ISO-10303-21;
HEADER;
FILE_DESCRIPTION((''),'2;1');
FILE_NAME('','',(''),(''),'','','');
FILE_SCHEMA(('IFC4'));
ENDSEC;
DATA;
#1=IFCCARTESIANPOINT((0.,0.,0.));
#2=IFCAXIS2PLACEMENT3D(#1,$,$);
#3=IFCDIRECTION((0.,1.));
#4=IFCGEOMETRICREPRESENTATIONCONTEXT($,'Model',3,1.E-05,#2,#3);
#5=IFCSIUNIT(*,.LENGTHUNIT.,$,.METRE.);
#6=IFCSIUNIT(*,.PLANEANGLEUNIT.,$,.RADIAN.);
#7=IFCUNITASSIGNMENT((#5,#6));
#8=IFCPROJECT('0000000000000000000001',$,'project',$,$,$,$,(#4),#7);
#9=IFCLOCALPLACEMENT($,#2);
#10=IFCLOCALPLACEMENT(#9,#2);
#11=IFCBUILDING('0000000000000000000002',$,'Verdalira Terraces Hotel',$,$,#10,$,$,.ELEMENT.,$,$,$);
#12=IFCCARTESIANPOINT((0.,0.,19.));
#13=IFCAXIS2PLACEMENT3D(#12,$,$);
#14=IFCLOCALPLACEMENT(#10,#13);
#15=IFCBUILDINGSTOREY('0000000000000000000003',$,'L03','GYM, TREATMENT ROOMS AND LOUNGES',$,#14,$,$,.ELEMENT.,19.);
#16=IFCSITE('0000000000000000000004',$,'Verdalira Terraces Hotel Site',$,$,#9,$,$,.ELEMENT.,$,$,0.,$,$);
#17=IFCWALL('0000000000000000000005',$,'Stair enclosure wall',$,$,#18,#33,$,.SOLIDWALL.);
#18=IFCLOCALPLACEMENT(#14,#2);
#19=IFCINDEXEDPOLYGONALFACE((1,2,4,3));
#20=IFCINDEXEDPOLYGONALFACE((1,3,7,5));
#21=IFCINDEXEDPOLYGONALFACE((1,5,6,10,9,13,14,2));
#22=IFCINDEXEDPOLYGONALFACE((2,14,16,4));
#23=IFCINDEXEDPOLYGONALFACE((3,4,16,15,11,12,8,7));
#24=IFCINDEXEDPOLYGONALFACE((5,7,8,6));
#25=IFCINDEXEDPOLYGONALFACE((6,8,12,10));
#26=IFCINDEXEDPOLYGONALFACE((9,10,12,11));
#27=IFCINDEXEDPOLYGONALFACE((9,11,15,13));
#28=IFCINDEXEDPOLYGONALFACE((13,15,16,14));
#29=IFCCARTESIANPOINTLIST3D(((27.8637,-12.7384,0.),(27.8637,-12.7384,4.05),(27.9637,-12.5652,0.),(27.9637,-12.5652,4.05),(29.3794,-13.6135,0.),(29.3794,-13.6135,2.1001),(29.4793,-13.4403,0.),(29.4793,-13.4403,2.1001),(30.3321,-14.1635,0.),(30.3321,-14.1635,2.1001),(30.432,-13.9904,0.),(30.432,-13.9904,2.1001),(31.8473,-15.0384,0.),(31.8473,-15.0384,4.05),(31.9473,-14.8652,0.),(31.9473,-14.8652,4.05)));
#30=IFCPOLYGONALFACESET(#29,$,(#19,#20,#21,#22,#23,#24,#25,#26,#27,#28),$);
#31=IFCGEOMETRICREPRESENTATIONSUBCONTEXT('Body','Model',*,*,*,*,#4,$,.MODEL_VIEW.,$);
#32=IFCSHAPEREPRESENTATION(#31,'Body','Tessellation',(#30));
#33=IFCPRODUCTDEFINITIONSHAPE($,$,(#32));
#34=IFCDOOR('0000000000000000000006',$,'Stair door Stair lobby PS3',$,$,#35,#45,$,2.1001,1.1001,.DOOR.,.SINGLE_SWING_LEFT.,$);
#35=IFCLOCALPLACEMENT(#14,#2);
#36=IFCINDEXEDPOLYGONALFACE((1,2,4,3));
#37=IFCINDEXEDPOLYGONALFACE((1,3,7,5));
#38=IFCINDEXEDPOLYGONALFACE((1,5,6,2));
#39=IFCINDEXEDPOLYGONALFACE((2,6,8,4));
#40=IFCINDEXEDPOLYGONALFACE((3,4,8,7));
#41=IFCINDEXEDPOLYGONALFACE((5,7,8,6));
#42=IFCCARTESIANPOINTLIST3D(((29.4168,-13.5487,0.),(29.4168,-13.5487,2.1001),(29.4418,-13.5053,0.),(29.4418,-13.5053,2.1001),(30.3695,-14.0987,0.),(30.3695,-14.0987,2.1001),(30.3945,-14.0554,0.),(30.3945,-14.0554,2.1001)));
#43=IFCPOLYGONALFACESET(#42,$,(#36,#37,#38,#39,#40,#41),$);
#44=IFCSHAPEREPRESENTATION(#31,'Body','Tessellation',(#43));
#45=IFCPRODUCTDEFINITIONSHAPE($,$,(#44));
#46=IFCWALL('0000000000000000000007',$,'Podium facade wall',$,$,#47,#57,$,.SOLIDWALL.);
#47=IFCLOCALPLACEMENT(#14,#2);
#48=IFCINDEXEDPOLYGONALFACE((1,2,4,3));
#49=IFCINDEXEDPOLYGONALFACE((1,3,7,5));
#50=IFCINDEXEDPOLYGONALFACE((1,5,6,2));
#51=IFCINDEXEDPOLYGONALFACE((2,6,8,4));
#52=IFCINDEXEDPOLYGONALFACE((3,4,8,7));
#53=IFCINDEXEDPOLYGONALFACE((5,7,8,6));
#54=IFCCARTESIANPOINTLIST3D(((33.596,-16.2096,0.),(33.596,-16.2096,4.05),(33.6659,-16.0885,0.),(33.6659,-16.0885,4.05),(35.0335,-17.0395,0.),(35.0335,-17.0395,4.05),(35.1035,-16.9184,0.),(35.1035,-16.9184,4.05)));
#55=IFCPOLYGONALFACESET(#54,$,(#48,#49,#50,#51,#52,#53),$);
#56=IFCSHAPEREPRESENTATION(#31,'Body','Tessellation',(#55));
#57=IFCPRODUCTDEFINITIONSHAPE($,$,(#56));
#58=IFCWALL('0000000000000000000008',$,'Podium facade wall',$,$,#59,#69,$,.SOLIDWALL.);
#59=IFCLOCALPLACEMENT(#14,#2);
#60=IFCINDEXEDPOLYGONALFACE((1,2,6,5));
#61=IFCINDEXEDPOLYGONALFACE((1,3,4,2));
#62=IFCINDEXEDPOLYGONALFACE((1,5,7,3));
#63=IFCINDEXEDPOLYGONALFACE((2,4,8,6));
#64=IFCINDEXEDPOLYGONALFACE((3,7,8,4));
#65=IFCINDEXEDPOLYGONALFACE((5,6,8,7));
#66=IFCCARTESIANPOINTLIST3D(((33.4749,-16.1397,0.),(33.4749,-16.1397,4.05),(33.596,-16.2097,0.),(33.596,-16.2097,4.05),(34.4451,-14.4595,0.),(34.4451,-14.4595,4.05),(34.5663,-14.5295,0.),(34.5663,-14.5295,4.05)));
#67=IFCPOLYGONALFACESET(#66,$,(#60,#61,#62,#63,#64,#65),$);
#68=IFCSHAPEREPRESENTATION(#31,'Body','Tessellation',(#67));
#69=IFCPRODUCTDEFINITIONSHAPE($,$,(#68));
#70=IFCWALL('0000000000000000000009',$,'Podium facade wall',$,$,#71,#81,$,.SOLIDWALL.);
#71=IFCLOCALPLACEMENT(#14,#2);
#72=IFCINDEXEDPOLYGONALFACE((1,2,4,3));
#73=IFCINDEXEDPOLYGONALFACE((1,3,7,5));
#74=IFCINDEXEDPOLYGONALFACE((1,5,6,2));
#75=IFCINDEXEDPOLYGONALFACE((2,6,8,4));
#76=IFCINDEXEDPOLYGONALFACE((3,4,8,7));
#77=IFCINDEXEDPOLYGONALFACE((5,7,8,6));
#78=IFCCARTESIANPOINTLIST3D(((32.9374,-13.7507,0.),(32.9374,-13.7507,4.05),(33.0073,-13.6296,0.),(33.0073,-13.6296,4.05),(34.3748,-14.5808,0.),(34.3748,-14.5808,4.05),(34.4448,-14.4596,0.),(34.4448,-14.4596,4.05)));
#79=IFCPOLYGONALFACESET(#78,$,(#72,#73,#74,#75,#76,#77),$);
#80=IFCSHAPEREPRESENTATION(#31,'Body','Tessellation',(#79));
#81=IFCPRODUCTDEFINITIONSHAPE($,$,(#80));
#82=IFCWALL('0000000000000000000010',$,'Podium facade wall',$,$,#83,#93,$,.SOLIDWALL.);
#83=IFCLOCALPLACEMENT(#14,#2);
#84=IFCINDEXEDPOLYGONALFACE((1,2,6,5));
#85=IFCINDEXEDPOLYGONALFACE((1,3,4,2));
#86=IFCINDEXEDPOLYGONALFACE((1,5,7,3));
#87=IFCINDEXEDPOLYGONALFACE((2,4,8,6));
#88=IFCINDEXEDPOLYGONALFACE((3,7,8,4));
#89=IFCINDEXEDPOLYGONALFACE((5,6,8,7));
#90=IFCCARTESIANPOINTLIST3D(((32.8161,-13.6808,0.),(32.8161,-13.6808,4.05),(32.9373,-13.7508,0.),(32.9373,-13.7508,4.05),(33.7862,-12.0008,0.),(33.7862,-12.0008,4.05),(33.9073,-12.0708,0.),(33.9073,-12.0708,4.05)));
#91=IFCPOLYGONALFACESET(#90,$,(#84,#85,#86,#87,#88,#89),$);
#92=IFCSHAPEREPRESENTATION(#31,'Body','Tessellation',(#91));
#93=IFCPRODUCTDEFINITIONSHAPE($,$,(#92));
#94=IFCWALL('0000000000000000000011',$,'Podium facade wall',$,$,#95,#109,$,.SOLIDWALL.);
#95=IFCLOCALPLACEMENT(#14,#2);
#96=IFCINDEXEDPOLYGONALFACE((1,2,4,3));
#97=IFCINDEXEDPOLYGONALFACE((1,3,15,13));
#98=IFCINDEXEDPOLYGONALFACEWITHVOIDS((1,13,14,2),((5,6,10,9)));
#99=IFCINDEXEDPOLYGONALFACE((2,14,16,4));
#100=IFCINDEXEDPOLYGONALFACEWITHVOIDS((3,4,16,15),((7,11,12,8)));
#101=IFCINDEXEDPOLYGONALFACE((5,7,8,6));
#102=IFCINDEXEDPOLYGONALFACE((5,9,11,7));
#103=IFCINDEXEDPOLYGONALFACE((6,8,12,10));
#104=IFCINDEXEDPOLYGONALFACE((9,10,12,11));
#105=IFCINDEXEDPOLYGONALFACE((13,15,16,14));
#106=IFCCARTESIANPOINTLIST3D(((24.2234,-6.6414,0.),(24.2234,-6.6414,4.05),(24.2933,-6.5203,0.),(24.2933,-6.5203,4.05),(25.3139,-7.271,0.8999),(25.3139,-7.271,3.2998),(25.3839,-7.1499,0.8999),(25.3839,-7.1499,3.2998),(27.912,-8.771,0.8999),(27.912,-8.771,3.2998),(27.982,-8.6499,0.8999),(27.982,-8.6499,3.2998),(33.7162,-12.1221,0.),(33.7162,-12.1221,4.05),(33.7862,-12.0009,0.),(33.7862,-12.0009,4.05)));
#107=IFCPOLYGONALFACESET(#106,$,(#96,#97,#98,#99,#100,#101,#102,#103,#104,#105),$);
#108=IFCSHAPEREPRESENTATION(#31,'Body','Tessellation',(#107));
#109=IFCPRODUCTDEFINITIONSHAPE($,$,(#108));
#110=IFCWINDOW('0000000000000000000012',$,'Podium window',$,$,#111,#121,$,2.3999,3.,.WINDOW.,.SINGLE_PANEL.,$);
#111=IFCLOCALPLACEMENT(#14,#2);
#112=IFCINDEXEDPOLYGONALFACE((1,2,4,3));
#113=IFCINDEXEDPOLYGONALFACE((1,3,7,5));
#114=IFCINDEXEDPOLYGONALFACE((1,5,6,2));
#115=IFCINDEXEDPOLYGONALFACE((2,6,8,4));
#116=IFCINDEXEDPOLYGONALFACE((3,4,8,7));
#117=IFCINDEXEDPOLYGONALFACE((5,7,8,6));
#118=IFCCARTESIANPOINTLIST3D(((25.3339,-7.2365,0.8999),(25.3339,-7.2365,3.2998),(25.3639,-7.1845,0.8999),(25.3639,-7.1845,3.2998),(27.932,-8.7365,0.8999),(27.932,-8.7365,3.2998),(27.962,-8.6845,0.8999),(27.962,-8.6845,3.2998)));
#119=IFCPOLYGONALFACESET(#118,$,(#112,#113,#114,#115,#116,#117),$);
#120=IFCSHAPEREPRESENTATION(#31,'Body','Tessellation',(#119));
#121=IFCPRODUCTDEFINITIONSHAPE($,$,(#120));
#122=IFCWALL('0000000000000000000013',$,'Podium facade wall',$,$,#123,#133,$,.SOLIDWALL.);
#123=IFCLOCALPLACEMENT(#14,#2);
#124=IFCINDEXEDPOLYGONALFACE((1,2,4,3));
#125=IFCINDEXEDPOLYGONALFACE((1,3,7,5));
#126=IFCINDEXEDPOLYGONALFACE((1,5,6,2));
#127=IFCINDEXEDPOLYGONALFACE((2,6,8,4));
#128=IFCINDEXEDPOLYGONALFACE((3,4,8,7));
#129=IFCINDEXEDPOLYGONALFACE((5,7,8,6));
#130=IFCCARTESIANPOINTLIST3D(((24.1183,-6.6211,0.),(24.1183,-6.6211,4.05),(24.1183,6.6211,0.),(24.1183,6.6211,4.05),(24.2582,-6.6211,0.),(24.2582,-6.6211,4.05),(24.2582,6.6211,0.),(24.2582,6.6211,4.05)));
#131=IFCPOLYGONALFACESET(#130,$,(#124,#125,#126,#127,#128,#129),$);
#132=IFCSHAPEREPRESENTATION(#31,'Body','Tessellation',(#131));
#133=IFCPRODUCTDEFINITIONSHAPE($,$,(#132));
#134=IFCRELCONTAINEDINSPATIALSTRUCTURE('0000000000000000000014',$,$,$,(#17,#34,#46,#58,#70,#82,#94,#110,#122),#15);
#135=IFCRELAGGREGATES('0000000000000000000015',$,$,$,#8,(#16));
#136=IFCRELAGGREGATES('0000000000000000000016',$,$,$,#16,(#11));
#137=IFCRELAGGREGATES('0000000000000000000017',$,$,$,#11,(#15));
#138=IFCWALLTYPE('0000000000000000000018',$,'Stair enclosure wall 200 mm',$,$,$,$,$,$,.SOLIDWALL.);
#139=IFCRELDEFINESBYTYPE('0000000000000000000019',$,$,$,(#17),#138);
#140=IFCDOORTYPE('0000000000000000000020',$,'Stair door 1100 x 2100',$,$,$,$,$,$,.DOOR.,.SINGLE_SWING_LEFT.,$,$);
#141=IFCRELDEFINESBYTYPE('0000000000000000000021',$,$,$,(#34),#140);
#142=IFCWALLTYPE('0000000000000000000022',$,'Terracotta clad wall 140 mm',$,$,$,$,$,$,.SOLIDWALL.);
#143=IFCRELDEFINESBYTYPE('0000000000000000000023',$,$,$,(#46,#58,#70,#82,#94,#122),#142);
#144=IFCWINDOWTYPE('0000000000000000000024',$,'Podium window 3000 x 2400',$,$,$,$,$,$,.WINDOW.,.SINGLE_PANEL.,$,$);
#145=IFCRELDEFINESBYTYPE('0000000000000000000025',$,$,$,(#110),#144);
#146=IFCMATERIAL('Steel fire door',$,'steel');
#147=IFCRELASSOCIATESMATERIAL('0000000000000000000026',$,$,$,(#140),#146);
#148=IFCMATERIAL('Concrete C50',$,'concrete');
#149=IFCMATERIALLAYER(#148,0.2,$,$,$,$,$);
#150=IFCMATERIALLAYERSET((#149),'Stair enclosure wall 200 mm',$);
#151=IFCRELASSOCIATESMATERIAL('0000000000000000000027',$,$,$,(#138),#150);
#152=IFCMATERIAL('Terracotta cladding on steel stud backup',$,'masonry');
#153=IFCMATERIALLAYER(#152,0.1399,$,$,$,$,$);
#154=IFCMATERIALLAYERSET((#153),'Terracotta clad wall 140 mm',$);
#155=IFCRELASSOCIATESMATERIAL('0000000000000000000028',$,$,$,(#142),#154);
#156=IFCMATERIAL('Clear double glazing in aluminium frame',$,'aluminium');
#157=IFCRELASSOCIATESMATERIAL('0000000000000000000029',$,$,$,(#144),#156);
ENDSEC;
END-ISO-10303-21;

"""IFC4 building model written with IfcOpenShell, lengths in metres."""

from ifc_helpers import new_model, si_unit, direction, frame, frame_2d, origin, place, context, subcontext, project, spatial, rectangle, extrude, material, layer, layer_set, type_object, element, fill, save


model = new_model("IFC4")

# Units and contexts
model_context = context("Model", 3, precision=1e-05, world=origin(), true_north=direction((0.0, 1.0)))
body_context = subcontext(model_context, "Body", "Model", "MODEL_VIEW")
ifc_project = project(units=[si_unit("LENGTHUNIT", "METRE"), si_unit("PLANEANGLEUNIT", "RADIAN")], contexts=[model_context])

# Site, building, storey
site_placement = place(None, origin())
site = spatial("IfcSite", under=ifc_project, at=site_placement, Name="Verdalira Terraces Hotel Site", CompositionType="ELEMENT", RefElevation=0.0)
building_placement = place(site_placement, origin())
building = spatial("IfcBuilding", under=site, at=building_placement, Name="Verdalira Terraces Hotel", CompositionType="ELEMENT")
storey_placement = place(building_placement, frame((0.0, 0.0, 19.0)))
storey = spatial("IfcBuildingStorey", under=building, at=storey_placement, Name="L03", Description="GYM, TREATMENT ROOMS AND LOUNGES", CompositionType="ELEMENT", Elevation=19.0)

# Shared definitions
ifc_material_1 = material(Name="Steel fire door", Category="steel")
door_type_1 = type_object("IfcDoorType", Name="Stair door 1100 x 2100", OperationType="SINGLE_SWING_LEFT", PredefinedType="DOOR", material=ifc_material_1)

# Shared definitions
ifc_material_2 = material(Name="Concrete C50", Category="concrete")
ifc_layer_1 = layer(ifc_material_2, 0.2)
ifc_layer_set_1 = layer_set([ifc_layer_1], Name="Stair enclosure wall 200 mm")
wall_type_1 = type_object("IfcWallType", Name="Stair enclosure wall 200 mm", PredefinedType="SOLIDWALL", material=ifc_layer_set_1)

# Wall, opening, door
wall_1_placement = place(storey_placement, frame((27.9138, -12.6519, 0.0), z_axis=(0.0, 0.0, 1.0), x_axis=(0.866017, -0.500015, 0.0)))
wall_1 = element("IfcWall", 1, at=wall_1_placement, inside=storey, type_object=wall_type_1, Name="Stair enclosure wall", PredefinedType="SOLIDWALL", context=body_context, shape_type="SweptSolid", body=[
    extrude(rectangle(XDim=4.5999, YDim=0.2, at=frame_2d((2.2998, 0.0))), origin(), (0.0, 0.0, 1.0), 4.05),
])
opening_1_placement = place(wall_1_placement, frame((1.75, 0.0, 0.0)))
opening_1 = element("IfcOpeningElement", 2, at=opening_1_placement, cuts=wall_1, PredefinedType="OPENING", context=body_context, shape_type="SweptSolid", body=[
    extrude(rectangle(XDim=1.1001, YDim=2.1001, at=frame_2d((0.55, 1.05))), frame((0.0, 0.1099, 0.0), z_axis=(0.0, -1.0, 0.0), x_axis=(1.0, 0.0, 0.0)), (0.0, 0.0, 1.0), 0.22),
])
door_1_placement = place(opening_1_placement, origin())
door_1 = element("IfcDoor", 3, at=door_1_placement, inside=storey, type_object=door_type_1, Name="Stair door Stair lobby PS3", OperationType="SINGLE_SWING_LEFT", OverallHeight=2.1001, OverallWidth=1.1001, PredefinedType="DOOR", context=body_context, shape_type="SweptSolid", body=[
    extrude(rectangle(XDim=1.1001, YDim=2.1001, at=frame_2d((0.55, 1.05))), frame((0.0, 0.0249, 0.0), z_axis=(0.0, -1.0, 0.0), x_axis=(1.0, 0.0, 0.0)), (0.0, 0.0, 1.0), 0.05),
])
fill(opening_1, door_1)

# Walls
ifc_material_3 = material(Name="Terracotta cladding on steel stud backup", Category="masonry")
ifc_layer_2 = layer(ifc_material_3, 0.1399)
ifc_layer_set_2 = layer_set([ifc_layer_2], Name="Terracotta clad wall 140 mm")
wall_type_2 = type_object("IfcWallType", Name="Terracotta clad wall 140 mm", PredefinedType="SOLIDWALL", material=ifc_layer_set_2)
wall_2_placement = place(storey_placement, frame((35.0686, -16.979, 0.0), z_axis=(0.0, 0.0, 1.0), x_axis=(-0.866053, 0.499952, 0.0)))
element("IfcWall", 4, at=wall_2_placement, inside=storey, type_object=wall_type_2, Name="Podium facade wall", PredefinedType="SOLIDWALL", context=body_context, shape_type="SweptSolid", body=[
    extrude(rectangle(XDim=1.6599, YDim=0.1399, at=frame_2d((0.8301, 0.0))), origin(), (0.0, 0.0, 1.0), 4.05),
])
wall_3_placement = place(storey_placement, frame((33.5354, -16.1748, 0.0), z_axis=(0.0, 0.0, 1.0), x_axis=(0.500064, 0.865989, 0.0)))
element("IfcWall", 5, at=wall_3_placement, inside=storey, type_object=wall_type_2, Name="Podium facade wall", PredefinedType="SOLIDWALL", context=body_context, shape_type="SweptSolid", body=[
    extrude(rectangle(XDim=1.9402, YDim=0.1399, at=frame_2d((0.9702, 0.0))), origin(), (0.0, 0.0, 1.0), 4.05),
])
wall_4_placement = place(storey_placement, frame((34.4099, -14.5203, 0.0), z_axis=(0.0, 0.0, 1.0), x_axis=(-0.86599, 0.500062, 0.0)))
element("IfcWall", 6, at=wall_4_placement, inside=storey, type_object=wall_type_2, Name="Podium facade wall", PredefinedType="SOLIDWALL", context=body_context, shape_type="SweptSolid", body=[
    extrude(rectangle(XDim=1.6599, YDim=0.1399, at=frame_2d((0.8301, 0.0))), origin(), (0.0, 0.0, 1.0), 4.05),
])
wall_5_placement = place(storey_placement, frame((32.8767, -13.7158, 0.0), z_axis=(0.0, 0.0, 1.0), x_axis=(0.500024, 0.866012, 0.0)))
element("IfcWall", 7, at=wall_5_placement, inside=storey, type_object=wall_type_2, Name="Podium facade wall", PredefinedType="SOLIDWALL", context=body_context, shape_type="SweptSolid", body=[
    extrude(rectangle(XDim=1.9399, YDim=0.1399, at=frame_2d((0.97, 0.0))), origin(), (0.0, 0.0, 1.0), 4.05),
])

# Wall, opening, window
wall_6_placement = place(storey_placement, frame((33.7512, -12.0615, 0.0), z_axis=(0.0, 0.0, 1.0), x_axis=(-0.866026, 0.499998, 0.0)))
wall_6 = element("IfcWall", 8, at=wall_6_placement, inside=storey, type_object=wall_type_2, Name="Podium facade wall", PredefinedType="SOLIDWALL", context=body_context, shape_type="SweptSolid", body=[
    extrude(rectangle(XDim=10.9614, YDim=0.1399, at=frame_2d((5.4807, 0.0))), origin(), (0.0, 0.0, 1.0), 4.05),
])
opening_2_placement = place(wall_6_placement, frame((6.7021, 0.0, 0.8999)))
opening_2 = element("IfcOpeningElement", 9, at=opening_2_placement, cuts=wall_6, PredefinedType="OPENING", context=body_context, shape_type="SweptSolid", body=[
    extrude(rectangle(XDim=3.0, YDim=2.3999, at=frame_2d((1.5, 1.2))), frame((0.0, 0.0798, 0.0), z_axis=(0.0, -1.0, 0.0), x_axis=(1.0, 0.0, 0.0)), (0.0, 0.0, 1.0), 0.1599),
])
ifc_material_4 = material(Name="Clear double glazing in aluminium frame", Category="aluminium")
window_type = type_object("IfcWindowType", Name="Podium window 3000 x 2400", PartitioningType="SINGLE_PANEL", PredefinedType="WINDOW", material=ifc_material_4)
window_placement = place(opening_2_placement, origin())
window = element("IfcWindow", 10, at=window_placement, inside=storey, type_object=window_type, Name="Podium window", OverallHeight=2.3999, OverallWidth=3.0, PartitioningType="SINGLE_PANEL", PredefinedType="WINDOW", context=body_context, shape_type="SweptSolid", body=[
    extrude(rectangle(XDim=3.0, YDim=2.3999, at=frame_2d((1.5, 1.2))), frame((0.0, 0.03, 0.0), z_axis=(0.0, -1.0, 0.0), x_axis=(1.0, 0.0, 0.0)), (0.0, 0.0, 1.0), 0.0601),
])
fill(opening_2, window)

# Wall
wall_7_placement = place(storey_placement, frame((24.1882, -6.6211, 0.0), z_axis=(0.0, 0.0, 1.0), x_axis=(0.0, 1.0, 0.0)))
element("IfcWall", 11, at=wall_7_placement, inside=storey, type_object=wall_type_2, Name="Podium facade wall", PredefinedType="SOLIDWALL", context=body_context, shape_type="SweptSolid", body=[
    extrude(rectangle(XDim=13.2422, YDim=0.1399, at=frame_2d((6.6211, 0.0))), origin(), (0.0, 0.0, 1.0), 4.05),
])

save(model, "model.ifc")
